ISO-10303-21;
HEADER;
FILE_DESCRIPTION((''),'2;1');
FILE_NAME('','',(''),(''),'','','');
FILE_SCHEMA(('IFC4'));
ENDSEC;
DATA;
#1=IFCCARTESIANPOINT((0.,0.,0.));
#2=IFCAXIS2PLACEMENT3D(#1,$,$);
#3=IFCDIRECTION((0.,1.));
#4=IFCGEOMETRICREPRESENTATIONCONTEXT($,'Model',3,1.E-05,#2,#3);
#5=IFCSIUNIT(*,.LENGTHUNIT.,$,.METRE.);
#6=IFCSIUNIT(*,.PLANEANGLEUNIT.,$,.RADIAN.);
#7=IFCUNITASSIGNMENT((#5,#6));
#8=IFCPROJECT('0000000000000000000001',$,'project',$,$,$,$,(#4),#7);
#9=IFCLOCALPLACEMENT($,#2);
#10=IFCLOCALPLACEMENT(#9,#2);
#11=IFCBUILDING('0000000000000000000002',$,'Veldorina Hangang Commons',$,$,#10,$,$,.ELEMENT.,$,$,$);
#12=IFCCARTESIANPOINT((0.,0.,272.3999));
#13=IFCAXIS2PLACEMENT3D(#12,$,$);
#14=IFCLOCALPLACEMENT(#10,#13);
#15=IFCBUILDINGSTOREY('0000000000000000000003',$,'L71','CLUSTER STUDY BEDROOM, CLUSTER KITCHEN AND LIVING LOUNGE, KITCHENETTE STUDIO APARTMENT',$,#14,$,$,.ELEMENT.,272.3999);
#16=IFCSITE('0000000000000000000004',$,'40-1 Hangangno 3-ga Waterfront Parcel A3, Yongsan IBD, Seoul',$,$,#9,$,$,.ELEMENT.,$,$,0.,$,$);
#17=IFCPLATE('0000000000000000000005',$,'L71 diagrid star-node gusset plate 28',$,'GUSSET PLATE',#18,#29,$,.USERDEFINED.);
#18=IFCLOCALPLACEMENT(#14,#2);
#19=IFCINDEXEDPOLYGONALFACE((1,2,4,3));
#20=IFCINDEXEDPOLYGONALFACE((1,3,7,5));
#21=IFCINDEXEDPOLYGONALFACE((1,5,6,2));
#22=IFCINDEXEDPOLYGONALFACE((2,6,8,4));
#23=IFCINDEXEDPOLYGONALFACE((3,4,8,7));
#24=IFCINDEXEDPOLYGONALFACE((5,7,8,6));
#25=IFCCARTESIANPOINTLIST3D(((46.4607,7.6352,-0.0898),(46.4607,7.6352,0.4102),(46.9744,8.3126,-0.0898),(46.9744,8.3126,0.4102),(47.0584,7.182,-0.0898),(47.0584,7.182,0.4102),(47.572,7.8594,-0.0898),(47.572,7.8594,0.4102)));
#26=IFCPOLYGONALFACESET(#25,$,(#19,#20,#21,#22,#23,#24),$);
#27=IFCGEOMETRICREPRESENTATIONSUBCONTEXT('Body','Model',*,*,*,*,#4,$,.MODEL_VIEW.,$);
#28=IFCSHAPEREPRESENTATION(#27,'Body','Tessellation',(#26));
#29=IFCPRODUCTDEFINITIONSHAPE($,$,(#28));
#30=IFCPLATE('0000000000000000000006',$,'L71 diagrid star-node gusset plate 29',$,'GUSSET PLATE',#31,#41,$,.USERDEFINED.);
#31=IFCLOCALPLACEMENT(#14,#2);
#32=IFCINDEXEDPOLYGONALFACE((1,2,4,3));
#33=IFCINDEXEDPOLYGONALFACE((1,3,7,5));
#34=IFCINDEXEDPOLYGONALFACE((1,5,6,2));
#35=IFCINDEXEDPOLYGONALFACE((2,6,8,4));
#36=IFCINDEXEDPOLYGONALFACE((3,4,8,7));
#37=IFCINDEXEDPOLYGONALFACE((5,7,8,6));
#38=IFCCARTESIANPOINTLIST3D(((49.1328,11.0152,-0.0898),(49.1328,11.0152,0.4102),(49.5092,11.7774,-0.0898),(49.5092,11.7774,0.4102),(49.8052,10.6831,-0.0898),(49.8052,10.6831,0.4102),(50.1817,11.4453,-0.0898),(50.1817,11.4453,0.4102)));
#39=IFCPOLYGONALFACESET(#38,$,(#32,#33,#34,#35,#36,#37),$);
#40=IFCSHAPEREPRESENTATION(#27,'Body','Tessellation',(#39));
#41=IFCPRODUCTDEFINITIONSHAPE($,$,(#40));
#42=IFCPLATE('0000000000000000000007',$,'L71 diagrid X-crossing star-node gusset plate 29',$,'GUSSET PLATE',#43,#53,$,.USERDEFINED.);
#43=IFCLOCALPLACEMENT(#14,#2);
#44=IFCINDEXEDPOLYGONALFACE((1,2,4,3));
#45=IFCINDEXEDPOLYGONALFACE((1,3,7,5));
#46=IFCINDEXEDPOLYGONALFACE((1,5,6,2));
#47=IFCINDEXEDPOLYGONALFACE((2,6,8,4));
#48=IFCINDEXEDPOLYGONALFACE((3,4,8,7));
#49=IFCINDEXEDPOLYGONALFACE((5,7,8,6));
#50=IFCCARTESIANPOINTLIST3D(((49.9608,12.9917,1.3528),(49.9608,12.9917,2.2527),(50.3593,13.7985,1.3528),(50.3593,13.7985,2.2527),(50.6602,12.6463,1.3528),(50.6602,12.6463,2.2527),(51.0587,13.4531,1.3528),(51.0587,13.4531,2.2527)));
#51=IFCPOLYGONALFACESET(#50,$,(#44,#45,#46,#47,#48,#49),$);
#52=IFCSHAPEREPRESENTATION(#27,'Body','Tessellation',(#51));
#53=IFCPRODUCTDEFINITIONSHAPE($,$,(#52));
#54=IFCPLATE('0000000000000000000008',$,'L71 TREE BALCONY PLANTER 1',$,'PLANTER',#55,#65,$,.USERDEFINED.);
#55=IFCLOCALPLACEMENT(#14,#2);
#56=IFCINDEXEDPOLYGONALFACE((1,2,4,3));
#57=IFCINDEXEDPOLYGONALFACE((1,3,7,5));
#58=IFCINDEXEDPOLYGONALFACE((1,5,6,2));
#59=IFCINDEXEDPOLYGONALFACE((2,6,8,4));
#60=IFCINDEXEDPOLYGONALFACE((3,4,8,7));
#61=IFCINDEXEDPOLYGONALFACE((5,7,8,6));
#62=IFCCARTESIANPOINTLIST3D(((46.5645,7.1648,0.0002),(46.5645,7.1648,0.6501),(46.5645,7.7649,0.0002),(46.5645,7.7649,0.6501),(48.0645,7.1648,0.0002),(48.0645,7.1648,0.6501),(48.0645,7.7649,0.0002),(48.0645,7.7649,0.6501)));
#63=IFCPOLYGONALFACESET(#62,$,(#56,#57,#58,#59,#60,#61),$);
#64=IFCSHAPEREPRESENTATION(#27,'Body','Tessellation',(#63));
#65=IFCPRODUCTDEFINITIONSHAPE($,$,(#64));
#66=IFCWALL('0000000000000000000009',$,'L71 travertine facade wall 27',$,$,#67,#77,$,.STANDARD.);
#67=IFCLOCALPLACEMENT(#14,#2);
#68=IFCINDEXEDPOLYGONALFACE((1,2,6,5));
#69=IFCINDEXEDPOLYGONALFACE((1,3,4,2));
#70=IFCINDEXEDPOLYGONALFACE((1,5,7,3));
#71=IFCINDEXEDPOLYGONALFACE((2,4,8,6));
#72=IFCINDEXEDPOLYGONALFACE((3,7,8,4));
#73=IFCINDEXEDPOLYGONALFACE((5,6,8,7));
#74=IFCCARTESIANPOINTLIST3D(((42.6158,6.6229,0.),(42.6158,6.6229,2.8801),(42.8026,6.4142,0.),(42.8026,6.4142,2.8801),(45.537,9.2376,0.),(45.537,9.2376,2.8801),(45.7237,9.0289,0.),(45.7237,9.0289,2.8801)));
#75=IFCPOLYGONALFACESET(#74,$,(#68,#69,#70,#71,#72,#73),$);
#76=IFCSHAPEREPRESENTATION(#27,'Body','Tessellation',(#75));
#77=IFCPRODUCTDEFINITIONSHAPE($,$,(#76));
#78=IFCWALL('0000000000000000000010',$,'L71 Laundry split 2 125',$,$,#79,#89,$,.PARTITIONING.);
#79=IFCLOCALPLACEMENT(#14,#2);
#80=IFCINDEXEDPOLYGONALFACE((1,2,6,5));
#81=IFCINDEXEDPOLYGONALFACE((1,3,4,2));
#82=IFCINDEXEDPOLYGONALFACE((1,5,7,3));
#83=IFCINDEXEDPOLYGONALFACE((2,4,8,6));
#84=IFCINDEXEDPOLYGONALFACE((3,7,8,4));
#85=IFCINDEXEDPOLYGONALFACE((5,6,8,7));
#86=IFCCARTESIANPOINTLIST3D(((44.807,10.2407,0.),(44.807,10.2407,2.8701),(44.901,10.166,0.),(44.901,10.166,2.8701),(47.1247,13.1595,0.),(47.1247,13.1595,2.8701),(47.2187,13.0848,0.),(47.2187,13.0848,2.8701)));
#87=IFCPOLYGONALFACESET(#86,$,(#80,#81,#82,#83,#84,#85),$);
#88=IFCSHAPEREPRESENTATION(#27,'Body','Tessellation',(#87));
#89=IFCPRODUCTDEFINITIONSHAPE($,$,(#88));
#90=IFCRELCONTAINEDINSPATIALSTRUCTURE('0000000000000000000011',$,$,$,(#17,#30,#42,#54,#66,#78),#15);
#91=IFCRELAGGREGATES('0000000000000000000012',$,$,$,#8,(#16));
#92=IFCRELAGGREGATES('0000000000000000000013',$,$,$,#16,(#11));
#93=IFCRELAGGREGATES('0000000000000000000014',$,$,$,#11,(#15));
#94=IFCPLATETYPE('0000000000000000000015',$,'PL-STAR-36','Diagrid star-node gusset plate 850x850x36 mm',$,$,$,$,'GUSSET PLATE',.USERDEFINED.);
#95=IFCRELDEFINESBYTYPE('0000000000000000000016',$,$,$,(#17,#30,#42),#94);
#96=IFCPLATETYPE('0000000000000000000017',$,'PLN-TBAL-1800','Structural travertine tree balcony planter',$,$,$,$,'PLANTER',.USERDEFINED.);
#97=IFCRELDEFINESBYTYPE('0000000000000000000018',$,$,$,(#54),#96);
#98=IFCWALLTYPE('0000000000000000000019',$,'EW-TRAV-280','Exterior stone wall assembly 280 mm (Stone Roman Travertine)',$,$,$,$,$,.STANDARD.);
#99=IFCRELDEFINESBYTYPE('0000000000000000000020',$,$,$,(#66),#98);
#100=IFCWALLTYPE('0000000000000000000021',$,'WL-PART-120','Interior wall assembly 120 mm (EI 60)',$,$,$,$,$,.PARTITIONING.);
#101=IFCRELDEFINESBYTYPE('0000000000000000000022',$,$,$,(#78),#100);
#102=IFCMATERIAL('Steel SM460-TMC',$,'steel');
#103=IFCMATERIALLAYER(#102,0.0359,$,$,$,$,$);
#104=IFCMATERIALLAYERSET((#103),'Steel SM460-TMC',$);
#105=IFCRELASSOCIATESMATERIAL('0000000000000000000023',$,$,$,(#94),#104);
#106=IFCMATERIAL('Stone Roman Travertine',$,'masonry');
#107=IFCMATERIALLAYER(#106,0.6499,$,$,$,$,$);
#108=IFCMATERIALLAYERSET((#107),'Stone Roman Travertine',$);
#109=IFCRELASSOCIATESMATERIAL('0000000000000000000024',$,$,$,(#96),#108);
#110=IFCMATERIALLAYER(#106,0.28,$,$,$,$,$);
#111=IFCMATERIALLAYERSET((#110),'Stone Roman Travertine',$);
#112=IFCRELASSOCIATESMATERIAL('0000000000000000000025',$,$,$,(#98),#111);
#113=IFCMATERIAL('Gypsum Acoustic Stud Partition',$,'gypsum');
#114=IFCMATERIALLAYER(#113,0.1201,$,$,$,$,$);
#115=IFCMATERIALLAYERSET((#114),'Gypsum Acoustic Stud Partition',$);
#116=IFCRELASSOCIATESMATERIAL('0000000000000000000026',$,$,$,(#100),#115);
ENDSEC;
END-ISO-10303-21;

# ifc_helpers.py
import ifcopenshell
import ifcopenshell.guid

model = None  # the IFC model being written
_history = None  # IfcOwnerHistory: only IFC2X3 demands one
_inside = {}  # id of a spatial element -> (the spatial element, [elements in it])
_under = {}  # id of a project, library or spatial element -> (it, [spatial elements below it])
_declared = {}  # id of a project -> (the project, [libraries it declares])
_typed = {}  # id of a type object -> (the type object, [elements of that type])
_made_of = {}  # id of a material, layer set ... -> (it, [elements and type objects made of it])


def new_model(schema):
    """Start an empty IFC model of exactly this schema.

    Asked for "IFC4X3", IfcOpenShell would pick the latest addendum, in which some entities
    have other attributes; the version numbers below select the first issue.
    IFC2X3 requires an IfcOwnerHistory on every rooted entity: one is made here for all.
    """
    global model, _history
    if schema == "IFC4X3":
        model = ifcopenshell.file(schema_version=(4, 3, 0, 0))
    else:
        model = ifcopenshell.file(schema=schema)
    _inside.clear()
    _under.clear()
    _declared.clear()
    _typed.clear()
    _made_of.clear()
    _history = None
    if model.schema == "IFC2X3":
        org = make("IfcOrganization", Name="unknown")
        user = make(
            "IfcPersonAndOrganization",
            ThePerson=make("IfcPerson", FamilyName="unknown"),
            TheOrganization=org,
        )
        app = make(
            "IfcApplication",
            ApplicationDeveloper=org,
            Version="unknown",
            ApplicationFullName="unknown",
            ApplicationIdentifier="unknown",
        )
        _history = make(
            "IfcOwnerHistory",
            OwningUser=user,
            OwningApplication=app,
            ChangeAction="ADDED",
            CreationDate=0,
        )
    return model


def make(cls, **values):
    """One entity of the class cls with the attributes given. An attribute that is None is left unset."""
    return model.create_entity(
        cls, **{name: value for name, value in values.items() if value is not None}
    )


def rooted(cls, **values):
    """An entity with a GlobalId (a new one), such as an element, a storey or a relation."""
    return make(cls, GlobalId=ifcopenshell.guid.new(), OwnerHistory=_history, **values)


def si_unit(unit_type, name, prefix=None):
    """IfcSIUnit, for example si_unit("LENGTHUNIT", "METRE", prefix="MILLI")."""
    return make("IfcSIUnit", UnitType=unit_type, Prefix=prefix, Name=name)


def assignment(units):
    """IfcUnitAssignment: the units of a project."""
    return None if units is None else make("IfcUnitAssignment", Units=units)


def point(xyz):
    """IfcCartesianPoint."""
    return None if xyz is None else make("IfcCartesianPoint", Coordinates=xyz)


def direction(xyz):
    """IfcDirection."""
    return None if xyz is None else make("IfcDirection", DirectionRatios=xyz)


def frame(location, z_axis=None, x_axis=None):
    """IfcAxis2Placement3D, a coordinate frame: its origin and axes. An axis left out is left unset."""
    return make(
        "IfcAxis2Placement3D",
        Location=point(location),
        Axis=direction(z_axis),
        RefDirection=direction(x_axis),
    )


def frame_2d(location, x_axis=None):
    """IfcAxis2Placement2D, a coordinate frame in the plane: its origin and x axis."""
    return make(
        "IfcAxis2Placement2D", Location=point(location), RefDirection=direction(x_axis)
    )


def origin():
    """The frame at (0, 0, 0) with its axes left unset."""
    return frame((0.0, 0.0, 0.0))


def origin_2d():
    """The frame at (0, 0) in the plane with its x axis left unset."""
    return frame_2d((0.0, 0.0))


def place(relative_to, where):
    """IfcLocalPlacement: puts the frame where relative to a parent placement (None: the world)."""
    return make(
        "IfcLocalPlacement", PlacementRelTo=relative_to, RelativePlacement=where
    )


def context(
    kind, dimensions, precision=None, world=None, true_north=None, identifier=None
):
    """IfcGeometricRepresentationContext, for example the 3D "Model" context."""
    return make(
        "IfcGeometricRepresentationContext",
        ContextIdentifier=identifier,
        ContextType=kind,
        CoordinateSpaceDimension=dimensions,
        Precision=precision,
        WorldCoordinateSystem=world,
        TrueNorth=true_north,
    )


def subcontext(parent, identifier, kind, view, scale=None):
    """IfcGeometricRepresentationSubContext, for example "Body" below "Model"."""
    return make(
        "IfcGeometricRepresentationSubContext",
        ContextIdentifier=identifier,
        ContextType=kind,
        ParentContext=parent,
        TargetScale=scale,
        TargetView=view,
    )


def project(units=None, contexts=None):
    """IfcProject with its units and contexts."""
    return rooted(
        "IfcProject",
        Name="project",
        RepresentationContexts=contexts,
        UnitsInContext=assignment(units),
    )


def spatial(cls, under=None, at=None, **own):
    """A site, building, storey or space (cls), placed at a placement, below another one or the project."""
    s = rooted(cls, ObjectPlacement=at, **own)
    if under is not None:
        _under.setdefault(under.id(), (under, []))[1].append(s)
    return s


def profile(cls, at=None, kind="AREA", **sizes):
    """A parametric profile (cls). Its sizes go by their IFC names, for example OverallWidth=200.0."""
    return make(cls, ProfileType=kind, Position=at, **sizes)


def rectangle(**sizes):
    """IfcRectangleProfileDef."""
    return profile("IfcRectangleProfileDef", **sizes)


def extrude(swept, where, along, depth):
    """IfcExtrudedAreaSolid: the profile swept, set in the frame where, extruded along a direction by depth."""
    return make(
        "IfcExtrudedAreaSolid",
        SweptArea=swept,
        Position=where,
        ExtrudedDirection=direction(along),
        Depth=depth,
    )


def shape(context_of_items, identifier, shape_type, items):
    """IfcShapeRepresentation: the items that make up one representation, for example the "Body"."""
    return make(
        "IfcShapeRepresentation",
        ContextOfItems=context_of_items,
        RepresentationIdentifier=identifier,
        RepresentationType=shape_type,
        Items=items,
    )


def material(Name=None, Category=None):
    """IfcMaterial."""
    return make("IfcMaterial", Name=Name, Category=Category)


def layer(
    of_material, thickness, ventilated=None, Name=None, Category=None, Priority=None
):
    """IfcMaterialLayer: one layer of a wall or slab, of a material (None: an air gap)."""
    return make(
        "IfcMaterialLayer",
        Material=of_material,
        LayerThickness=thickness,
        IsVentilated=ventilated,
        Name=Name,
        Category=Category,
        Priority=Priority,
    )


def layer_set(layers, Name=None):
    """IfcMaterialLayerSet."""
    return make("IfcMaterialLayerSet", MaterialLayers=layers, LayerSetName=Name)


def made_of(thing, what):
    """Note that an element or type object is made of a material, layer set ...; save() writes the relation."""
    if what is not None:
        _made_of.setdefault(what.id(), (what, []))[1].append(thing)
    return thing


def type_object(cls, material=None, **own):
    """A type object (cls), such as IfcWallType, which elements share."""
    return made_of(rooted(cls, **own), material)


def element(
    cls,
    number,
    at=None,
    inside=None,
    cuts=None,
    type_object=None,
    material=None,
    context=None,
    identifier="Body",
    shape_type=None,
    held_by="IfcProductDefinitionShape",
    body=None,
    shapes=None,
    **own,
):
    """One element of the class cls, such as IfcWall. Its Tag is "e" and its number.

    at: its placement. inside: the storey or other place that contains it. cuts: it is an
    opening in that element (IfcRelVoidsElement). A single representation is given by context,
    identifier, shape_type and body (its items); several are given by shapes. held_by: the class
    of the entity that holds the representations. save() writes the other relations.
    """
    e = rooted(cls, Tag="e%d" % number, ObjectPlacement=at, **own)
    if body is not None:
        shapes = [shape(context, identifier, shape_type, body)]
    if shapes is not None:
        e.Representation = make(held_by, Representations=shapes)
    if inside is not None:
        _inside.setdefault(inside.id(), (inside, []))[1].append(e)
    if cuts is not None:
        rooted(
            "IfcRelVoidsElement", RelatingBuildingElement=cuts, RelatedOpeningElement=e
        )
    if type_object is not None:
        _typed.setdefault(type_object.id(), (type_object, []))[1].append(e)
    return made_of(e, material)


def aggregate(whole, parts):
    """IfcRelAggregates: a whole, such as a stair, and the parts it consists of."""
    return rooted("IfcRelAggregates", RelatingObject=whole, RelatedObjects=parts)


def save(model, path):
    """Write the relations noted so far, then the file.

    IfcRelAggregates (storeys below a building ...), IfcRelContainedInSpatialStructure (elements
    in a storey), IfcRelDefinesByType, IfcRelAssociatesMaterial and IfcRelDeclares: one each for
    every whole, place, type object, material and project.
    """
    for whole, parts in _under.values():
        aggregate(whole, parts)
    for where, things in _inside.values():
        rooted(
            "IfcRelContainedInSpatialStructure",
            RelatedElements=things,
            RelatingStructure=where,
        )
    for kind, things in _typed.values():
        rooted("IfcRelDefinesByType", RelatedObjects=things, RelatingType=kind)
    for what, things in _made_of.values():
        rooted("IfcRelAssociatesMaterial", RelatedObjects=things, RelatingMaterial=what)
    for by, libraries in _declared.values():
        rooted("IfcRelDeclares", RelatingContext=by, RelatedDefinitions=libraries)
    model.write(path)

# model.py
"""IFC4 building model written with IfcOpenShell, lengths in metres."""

from ifc_helpers import new_model, si_unit, direction, frame, frame_2d, origin, origin_2d, place, context, subcontext, project, spatial, rectangle, extrude, material, layer, layer_set, type_object, element, save


model = new_model("IFC4")

# Units and contexts
model_context = context("Model", 3, precision=1e-05, world=origin(), true_north=direction((0.0, 1.0)))
body_context = subcontext(model_context, "Body", "Model", "MODEL_VIEW")
ifc_project = project(units=[si_unit("LENGTHUNIT", "METRE"), si_unit("PLANEANGLEUNIT", "RADIAN")], contexts=[model_context])

# Site, building, storey
site_placement = place(None, origin())
site = spatial("IfcSite", under=ifc_project, at=site_placement, Name="40-1 Hangangno 3-ga Waterfront Parcel A3, Yongsan IBD, Seoul", CompositionType="ELEMENT", RefElevation=0.0)
building_placement = place(site_placement, origin())
building = spatial("IfcBuilding", under=site, at=building_placement, Name="Veldorina Hangang Commons", CompositionType="ELEMENT")
storey_placement = place(building_placement, frame((0.0, 0.0, 272.3999)))
storey = spatial("IfcBuildingStorey", under=building, at=storey_placement, Name="L71", Description="CLUSTER STUDY BEDROOM, CLUSTER KITCHEN AND LIVING LOUNGE, KITCHENETTE STUDIO APARTMENT", CompositionType="ELEMENT", Elevation=272.3999)

# Plates
ifc_material_1 = material(Name="Steel SM460-TMC", Category="steel")
ifc_layer_1 = layer(ifc_material_1, 0.0359)
ifc_layer_set_1 = layer_set([ifc_layer_1], Name="Steel SM460-TMC")
plate_type_1 = type_object("IfcPlateType", Name="PL-STAR-36", Description="Diagrid star-node gusset plate 850x850x36 mm", ElementType="GUSSET PLATE", PredefinedType="USERDEFINED", material=ifc_layer_set_1)
for number, where, z_axis, x_axis, name in (
    (1, (47.0164, 7.7473, -0.0898), (0.0, 0.0, 1.0), (0.604196, 0.796836, 0.0), "L71 diagrid star-node gusset plate 28"),
    (2, (49.6572, 11.2302, -0.0898), (0.0, 0.0, 1.0), (0.442805, 0.896618, 0.0), "L71 diagrid star-node gusset plate 29"),
):
    element("IfcPlate", number, at=place(storey_placement, frame(where, z_axis=z_axis, x_axis=x_axis)), inside=storey, type_object=plate_type_1, Name=name, ObjectType="GUSSET PLATE", PredefinedType="USERDEFINED", context=body_context, shape_type="SweptSolid", body=[
        extrude(rectangle(XDim=0.8501, YDim=0.75, at=origin_2d()), origin(), (0.0, 0.0, 1.0), 0.5),
    ])
plate_1_placement = place(storey_placement, frame((50.5098, 13.2224, 1.3528), z_axis=(0.0, 0.0, 1.0), x_axis=(0.442805, 0.896618, 0.0)))
element("IfcPlate", 3, at=plate_1_placement, inside=storey, type_object=plate_type_1, Name="L71 diagrid X-crossing star-node gusset plate 29", ObjectType="GUSSET PLATE", PredefinedType="USERDEFINED", context=body_context, shape_type="SweptSolid", body=[
    extrude(rectangle(XDim=0.8999, YDim=0.78, at=origin_2d()), origin(), (0.0, 0.0, 1.0), 0.8999),
])
ifc_material_2 = material(Name="Stone Roman Travertine", Category="masonry")
ifc_layer_2 = layer(ifc_material_2, 0.6499)
ifc_layer_set_2 = layer_set([ifc_layer_2], Name="Stone Roman Travertine")
plate_type_2 = type_object("IfcPlateType", Name="PLN-TBAL-1800", Description="Structural travertine tree balcony planter", ElementType="PLANTER", PredefinedType="USERDEFINED", material=ifc_layer_set_2)
plate_2_placement = place(storey_placement, frame((47.3145, 7.4648, 0.0002), z_axis=(0.0, 0.0, 1.0), x_axis=(1.0, 0.0, 0.0)))
element("IfcPlate", 4, at=plate_2_placement, inside=storey, type_object=plate_type_2, Name="L71 TREE BALCONY PLANTER 1", ObjectType="PLANTER", PredefinedType="USERDEFINED", context=body_context, shape_type="SweptSolid", body=[
    extrude(rectangle(XDim=1.5, YDim=0.6001, at=origin_2d()), origin(), (0.0, 0.0, 1.0), 0.6499),
])

# Walls
ifc_layer_3 = layer(ifc_material_2, 0.28)
ifc_layer_set_3 = layer_set([ifc_layer_3], Name="Stone Roman Travertine")
wall_type_1 = type_object("IfcWallType", Name="EW-TRAV-280", Description="Exterior stone wall assembly 280 mm (Stone Roman Travertine)", PredefinedType="STANDARD", material=ifc_layer_set_3)
wall_1_placement = place(storey_placement, frame((42.7092, 6.5186, 0.0), z_axis=(0.0, 0.0, 1.0), x_axis=(0.745103, 0.66695, 0.0)))
element("IfcWall", 5, at=wall_1_placement, inside=storey, type_object=wall_type_1, Name="L71 travertine facade wall 27", PredefinedType="STANDARD", context=body_context, shape_type="SweptSolid", body=[
    extrude(rectangle(XDim=3.9204, YDim=0.28, at=frame_2d((1.9602, 0.0))), origin(), (0.0, 0.0, 1.0), 2.8801),
])
ifc_material_3 = material(Name="Gypsum Acoustic Stud Partition", Category="gypsum")
ifc_layer_4 = layer(ifc_material_3, 0.1201)
ifc_layer_set_4 = layer_set([ifc_layer_4], Name="Gypsum Acoustic Stud Partition")
wall_type_2 = type_object("IfcWallType", Name="WL-PART-120", Description="Interior wall assembly 120 mm (EI 60)", PredefinedType="PARTITIONING", material=ifc_layer_set_4)
wall_2_placement = place(storey_placement, frame((44.854, 10.2034, 0.0), z_axis=(0.0, 0.0, 1.0), x_axis=(0.621855, 0.783132, 0.0)))
element("IfcWall", 6, at=wall_2_placement, inside=storey, type_object=wall_type_2, Name="L71 Laundry split 2 125", PredefinedType="PARTITIONING", context=body_context, shape_type="SweptSolid", body=[
    extrude(rectangle(XDim=3.7271, YDim=0.1201, at=frame_2d((1.8635, 0.0))), origin(), (0.0, 0.0, 1.0), 2.8701),
])

save(model, "model.ifc")
